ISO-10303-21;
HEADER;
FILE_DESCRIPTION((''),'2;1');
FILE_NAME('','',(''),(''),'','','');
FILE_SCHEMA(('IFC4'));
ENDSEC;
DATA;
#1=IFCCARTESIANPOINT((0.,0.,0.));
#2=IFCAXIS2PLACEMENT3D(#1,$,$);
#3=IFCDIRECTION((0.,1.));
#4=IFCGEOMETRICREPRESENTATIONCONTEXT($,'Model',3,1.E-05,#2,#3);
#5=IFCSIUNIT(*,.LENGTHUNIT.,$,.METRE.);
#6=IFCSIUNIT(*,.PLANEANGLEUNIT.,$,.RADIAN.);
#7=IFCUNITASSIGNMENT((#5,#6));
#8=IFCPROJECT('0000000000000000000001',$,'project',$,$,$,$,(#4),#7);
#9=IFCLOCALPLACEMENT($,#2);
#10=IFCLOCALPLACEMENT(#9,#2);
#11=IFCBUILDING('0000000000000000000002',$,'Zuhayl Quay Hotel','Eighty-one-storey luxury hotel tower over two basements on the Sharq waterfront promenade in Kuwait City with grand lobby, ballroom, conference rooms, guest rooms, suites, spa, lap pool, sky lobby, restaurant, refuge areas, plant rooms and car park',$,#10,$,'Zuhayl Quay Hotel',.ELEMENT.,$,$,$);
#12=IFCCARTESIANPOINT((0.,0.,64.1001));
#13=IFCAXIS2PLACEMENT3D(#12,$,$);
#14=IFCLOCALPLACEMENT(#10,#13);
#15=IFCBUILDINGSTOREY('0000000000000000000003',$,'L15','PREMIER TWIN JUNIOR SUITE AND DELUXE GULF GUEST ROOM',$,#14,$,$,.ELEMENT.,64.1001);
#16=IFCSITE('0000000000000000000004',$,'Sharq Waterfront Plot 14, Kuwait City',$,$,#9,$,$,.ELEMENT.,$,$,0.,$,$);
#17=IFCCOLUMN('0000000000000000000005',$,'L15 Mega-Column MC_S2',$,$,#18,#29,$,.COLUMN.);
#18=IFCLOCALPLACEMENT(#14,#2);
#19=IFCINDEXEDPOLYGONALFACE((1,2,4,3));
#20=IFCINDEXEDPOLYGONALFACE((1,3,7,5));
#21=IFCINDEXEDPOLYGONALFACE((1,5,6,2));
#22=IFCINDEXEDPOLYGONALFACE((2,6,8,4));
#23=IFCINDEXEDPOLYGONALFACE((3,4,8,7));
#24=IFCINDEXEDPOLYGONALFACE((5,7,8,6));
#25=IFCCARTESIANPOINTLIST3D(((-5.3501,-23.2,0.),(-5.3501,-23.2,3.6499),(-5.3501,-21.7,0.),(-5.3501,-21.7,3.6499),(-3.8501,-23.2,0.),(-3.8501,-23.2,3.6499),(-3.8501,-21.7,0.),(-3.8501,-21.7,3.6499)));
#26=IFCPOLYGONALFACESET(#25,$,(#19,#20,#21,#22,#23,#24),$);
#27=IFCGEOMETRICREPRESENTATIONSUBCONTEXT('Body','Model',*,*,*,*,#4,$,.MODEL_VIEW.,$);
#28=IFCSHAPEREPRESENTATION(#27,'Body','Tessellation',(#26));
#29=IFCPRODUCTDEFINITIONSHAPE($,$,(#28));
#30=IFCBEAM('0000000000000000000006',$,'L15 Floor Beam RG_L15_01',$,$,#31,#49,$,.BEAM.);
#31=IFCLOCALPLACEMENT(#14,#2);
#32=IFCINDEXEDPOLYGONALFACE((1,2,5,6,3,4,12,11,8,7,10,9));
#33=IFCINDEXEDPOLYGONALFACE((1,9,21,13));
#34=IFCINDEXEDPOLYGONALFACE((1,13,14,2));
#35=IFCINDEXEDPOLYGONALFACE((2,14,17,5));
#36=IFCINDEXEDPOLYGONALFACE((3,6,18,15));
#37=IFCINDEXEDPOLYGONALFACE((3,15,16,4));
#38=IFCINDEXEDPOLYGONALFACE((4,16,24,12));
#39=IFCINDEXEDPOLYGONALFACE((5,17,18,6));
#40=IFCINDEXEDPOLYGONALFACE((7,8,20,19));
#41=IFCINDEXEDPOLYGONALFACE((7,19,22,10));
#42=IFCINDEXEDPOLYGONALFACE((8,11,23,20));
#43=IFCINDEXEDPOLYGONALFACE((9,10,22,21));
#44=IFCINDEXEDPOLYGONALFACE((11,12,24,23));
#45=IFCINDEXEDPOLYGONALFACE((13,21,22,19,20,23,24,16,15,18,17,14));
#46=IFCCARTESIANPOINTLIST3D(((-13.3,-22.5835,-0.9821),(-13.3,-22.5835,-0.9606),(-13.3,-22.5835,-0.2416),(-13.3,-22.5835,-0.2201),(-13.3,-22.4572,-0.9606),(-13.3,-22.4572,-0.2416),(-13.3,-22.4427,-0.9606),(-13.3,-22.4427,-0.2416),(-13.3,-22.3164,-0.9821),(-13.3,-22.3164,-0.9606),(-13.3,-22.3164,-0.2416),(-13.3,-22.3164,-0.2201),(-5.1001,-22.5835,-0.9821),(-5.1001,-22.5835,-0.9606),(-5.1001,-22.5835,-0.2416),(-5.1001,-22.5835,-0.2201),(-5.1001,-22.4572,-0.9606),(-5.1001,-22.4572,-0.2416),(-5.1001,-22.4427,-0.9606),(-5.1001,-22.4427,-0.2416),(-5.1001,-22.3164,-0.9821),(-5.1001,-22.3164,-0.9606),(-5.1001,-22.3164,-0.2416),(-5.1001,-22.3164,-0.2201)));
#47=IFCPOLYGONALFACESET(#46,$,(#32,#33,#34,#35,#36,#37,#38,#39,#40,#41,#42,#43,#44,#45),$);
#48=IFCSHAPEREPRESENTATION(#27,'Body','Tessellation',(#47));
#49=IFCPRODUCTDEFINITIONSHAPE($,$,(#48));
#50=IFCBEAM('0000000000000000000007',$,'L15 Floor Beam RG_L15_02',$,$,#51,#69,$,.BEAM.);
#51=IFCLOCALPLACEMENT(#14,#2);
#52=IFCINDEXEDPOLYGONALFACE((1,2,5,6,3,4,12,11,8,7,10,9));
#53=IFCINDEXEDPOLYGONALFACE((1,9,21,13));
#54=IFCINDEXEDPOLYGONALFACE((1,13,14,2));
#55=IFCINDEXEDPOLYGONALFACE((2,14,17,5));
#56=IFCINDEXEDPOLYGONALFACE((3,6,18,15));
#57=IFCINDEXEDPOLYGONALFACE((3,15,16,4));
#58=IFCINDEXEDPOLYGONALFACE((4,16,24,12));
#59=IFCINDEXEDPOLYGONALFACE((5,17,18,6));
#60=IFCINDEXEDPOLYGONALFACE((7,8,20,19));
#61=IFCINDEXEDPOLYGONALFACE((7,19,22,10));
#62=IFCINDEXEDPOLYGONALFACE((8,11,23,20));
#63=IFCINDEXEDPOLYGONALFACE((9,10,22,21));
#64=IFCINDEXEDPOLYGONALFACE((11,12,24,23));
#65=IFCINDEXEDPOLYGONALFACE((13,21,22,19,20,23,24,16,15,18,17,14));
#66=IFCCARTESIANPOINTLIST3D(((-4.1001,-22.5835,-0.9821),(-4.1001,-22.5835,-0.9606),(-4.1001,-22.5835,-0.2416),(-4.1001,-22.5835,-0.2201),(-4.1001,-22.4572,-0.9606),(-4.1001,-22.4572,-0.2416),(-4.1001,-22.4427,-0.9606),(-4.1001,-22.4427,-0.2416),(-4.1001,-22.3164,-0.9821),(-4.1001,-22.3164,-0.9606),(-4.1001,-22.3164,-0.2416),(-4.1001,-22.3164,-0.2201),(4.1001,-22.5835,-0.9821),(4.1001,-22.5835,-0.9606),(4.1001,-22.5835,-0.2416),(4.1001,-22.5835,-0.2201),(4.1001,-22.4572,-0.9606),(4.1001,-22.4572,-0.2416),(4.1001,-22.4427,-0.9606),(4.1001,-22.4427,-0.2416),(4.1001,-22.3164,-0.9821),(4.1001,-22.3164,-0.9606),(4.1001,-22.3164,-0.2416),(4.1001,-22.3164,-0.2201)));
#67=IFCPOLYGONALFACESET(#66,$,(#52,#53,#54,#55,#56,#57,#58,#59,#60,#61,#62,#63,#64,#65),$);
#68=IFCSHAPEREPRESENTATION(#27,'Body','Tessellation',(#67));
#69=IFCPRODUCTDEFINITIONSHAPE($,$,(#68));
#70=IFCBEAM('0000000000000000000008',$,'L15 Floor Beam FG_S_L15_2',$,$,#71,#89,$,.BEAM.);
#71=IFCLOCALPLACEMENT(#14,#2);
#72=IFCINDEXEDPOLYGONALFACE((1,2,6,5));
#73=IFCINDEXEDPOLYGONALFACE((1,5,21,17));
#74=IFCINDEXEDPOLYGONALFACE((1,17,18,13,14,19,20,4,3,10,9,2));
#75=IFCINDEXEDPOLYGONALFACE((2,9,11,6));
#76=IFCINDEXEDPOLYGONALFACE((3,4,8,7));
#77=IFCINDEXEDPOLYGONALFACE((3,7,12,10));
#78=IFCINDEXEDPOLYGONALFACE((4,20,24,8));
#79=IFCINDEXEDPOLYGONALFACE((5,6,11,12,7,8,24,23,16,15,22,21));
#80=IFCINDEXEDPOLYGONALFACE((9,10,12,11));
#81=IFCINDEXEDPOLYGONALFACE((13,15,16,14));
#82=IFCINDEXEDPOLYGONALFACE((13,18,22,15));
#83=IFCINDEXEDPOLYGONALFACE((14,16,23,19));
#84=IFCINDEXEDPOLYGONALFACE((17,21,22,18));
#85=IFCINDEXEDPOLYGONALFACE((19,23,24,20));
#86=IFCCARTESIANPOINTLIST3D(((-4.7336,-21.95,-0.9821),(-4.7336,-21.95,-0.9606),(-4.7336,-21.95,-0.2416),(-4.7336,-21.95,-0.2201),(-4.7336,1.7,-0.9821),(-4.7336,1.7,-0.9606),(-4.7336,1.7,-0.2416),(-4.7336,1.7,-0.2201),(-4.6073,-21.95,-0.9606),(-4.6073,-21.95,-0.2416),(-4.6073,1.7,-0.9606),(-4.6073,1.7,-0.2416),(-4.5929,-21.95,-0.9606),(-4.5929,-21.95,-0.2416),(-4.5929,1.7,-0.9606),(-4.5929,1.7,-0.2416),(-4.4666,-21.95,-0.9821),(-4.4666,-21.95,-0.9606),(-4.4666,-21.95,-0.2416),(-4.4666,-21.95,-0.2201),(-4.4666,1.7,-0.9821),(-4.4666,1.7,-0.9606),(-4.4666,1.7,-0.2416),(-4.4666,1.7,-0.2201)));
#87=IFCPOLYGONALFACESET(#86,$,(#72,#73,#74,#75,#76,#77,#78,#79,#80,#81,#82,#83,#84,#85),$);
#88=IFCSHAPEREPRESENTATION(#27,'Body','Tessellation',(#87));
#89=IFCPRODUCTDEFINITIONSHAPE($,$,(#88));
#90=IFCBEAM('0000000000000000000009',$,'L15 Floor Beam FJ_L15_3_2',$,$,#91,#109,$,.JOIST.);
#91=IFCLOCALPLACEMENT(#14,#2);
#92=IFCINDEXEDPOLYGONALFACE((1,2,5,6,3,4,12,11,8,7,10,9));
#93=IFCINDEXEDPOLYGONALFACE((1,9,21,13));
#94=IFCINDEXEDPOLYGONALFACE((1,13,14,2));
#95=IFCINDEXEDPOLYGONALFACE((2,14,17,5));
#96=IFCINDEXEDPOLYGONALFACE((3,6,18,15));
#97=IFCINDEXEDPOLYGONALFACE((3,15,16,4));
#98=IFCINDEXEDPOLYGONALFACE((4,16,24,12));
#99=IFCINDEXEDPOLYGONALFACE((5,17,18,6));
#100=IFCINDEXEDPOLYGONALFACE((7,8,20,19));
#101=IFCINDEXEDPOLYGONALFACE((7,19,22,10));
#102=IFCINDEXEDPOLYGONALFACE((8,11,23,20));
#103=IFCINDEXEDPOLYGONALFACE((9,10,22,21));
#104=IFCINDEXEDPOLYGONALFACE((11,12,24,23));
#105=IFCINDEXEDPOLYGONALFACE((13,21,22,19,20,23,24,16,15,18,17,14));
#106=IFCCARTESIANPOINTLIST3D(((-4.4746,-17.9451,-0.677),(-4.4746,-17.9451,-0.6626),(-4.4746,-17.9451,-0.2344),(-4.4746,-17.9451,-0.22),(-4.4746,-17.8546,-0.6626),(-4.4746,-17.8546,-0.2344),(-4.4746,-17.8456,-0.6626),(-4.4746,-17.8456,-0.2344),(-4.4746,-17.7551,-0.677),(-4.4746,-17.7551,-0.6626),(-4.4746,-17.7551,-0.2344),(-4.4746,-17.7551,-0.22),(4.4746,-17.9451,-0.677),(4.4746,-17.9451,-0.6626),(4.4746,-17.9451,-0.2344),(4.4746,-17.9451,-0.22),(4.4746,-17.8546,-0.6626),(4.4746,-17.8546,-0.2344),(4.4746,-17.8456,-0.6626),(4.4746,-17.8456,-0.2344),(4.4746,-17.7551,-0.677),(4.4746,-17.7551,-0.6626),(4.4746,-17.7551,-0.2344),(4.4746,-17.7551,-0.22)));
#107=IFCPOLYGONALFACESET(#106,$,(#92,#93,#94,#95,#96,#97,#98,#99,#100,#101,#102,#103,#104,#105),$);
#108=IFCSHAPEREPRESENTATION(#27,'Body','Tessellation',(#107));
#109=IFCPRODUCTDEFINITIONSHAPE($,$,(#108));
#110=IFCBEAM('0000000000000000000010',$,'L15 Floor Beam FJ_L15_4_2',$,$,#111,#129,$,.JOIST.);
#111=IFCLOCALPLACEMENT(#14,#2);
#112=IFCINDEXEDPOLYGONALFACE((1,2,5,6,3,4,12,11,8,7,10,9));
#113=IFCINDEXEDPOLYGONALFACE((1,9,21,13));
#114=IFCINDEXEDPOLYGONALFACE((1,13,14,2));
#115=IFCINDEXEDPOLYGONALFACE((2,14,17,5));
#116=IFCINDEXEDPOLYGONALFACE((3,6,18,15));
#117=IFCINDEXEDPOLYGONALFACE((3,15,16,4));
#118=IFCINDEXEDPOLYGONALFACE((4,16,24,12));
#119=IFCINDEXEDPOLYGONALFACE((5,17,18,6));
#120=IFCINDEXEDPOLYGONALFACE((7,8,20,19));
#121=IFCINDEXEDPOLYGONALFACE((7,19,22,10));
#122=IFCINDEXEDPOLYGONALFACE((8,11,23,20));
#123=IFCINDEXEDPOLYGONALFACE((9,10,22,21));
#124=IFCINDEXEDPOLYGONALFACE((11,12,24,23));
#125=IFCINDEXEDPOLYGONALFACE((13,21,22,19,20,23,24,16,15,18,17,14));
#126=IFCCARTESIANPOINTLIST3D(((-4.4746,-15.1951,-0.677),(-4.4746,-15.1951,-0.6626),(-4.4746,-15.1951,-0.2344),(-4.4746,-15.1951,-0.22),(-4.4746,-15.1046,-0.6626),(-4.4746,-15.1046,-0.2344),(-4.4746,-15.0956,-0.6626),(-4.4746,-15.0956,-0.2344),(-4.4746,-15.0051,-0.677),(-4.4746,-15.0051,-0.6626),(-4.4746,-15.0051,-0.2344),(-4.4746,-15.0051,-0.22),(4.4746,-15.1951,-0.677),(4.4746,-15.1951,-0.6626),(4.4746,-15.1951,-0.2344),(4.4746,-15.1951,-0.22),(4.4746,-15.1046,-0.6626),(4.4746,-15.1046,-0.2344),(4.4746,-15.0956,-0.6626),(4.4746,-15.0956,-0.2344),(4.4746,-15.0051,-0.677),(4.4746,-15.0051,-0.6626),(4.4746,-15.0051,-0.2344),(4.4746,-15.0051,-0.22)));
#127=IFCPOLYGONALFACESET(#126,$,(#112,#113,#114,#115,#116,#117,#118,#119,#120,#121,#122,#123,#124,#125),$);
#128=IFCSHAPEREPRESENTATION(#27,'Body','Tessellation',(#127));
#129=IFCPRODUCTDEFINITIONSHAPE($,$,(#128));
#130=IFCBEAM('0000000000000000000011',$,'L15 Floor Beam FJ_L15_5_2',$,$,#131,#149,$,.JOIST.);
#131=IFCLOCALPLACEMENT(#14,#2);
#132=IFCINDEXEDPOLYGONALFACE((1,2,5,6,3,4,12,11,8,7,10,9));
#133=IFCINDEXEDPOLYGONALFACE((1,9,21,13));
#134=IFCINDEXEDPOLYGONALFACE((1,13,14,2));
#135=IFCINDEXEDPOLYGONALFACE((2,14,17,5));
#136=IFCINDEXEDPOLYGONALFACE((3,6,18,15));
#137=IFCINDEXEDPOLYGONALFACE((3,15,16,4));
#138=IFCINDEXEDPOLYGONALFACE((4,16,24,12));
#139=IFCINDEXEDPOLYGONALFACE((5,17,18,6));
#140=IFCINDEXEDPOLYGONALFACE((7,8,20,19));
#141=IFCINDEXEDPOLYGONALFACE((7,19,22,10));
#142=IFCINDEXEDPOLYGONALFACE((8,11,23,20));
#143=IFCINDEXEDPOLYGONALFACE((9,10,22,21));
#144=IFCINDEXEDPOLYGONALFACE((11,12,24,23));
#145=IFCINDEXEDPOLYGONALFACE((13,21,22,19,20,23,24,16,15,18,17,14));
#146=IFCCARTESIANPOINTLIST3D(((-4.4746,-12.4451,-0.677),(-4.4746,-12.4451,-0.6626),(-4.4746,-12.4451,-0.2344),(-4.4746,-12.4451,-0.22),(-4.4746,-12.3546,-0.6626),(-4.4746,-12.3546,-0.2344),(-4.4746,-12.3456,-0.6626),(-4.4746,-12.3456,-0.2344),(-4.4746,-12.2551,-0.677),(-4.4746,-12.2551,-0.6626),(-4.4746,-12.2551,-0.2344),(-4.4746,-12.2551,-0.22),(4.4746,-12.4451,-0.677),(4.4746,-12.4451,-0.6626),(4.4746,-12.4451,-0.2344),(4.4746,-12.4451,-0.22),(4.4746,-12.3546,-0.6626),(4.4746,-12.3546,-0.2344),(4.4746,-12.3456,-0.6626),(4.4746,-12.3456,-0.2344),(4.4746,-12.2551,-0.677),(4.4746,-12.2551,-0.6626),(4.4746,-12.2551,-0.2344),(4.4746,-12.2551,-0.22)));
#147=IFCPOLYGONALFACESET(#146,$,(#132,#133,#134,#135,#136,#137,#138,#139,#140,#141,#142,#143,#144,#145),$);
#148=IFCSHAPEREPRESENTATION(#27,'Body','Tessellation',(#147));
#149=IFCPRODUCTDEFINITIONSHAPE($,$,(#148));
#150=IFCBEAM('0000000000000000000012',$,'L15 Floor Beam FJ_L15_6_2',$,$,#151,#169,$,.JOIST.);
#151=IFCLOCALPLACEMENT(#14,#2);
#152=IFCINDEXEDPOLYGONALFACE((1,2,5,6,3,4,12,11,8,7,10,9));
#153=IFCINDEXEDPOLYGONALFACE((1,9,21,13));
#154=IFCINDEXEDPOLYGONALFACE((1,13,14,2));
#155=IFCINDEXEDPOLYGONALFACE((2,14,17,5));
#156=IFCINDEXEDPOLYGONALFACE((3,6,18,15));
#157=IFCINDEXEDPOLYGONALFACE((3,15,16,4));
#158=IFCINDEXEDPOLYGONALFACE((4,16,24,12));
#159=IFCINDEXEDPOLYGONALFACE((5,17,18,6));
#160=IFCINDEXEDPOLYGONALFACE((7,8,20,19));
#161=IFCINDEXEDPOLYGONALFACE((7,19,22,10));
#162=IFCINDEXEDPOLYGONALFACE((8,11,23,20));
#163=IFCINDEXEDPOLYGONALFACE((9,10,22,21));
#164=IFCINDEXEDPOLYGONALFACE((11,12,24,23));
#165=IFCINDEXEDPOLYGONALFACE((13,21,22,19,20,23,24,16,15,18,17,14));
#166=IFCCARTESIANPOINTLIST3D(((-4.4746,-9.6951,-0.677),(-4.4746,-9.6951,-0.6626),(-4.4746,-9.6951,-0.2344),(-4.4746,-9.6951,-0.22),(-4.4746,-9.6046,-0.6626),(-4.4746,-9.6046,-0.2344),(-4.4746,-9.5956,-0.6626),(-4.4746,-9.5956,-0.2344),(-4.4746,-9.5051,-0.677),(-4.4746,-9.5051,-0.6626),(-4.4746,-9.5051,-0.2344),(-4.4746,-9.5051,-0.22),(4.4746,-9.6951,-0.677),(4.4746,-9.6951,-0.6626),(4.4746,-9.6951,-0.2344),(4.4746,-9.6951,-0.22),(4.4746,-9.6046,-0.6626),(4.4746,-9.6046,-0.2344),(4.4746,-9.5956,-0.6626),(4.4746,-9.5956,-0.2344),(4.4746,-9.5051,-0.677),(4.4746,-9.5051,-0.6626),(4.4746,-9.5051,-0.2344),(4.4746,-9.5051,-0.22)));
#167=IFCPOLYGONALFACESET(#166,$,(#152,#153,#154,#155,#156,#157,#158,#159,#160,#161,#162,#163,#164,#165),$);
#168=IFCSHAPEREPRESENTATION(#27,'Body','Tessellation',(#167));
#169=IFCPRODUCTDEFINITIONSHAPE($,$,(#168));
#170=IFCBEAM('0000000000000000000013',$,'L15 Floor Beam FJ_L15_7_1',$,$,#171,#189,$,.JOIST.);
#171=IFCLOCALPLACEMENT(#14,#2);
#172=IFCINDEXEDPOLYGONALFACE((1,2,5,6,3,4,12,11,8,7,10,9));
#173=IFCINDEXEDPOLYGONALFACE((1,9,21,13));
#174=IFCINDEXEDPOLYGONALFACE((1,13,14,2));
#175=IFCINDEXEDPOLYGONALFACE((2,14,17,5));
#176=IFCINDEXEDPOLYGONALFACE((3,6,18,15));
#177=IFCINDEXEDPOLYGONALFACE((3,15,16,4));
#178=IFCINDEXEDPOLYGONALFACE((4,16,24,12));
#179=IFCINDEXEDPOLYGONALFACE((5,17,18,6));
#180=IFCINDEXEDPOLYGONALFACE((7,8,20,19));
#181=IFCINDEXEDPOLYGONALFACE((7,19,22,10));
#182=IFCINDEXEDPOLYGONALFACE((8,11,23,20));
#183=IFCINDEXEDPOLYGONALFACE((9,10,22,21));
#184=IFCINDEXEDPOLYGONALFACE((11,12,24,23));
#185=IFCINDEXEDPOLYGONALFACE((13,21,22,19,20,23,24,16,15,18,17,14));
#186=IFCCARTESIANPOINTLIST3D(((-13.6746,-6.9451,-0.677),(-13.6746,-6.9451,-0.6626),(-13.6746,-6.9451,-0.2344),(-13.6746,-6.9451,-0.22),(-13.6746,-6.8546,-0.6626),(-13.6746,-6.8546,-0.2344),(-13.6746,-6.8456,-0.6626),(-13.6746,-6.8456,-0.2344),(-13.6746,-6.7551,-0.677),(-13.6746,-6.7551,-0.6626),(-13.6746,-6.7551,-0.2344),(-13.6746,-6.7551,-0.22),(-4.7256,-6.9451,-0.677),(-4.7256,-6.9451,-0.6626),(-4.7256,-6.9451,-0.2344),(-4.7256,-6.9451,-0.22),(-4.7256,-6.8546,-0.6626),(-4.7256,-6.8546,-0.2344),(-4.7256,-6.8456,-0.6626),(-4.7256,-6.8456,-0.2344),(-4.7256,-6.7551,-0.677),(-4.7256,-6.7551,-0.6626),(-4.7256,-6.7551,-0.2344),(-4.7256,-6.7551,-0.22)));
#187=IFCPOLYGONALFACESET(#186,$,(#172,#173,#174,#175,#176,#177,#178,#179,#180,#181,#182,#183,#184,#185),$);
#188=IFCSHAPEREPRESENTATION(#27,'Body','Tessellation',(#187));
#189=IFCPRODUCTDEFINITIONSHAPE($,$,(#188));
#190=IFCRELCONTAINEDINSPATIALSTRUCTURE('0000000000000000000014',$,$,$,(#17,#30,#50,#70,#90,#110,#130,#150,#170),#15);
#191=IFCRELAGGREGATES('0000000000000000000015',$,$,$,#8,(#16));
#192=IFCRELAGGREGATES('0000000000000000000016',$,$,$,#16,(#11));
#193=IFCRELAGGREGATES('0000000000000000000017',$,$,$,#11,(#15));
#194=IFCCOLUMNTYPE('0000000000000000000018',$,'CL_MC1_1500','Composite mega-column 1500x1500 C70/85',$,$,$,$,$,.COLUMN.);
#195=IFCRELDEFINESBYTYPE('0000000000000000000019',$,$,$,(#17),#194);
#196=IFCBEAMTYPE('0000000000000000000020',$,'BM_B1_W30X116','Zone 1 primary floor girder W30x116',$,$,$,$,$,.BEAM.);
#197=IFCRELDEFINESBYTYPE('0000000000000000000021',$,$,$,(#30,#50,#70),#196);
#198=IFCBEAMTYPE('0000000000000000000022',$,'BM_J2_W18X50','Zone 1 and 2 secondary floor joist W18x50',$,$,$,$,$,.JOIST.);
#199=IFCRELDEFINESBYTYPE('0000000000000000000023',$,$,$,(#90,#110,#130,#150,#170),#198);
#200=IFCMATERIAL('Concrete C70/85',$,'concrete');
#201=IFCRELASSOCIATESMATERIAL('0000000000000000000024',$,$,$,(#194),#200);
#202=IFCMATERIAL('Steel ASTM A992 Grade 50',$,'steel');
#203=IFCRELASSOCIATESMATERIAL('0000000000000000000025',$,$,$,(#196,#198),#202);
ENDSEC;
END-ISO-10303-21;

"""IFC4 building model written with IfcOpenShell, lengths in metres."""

from ifc_helpers import new_model, si_unit, direction, frame, origin, origin_2d, place, context, subcontext, project, spatial, rectangle, i_section, extrude, material, material_profile, profile_set, type_object, element, save


model = new_model("IFC4")

# Units and contexts
model_context = context("Model", 3, precision=1e-05, world=origin(), true_north=direction((0.0, 1.0)))
body_context = subcontext(model_context, "Body", "Model", "MODEL_VIEW")
ifc_project = project(units=[si_unit("LENGTHUNIT", "METRE"), si_unit("PLANEANGLEUNIT", "RADIAN")], contexts=[model_context])

# Site, building, storey
site_placement = place(None, origin())
site = spatial("IfcSite", under=ifc_project, at=site_placement, Name="Sharq Waterfront Plot 14, Kuwait City", CompositionType="ELEMENT", RefElevation=0.0)
building_placement = place(site_placement, origin())
building = spatial("IfcBuilding", under=site, at=building_placement, Name="Zuhayl Quay Hotel", Description="Eighty-one-storey luxury hotel tower over two basements on the Sharq waterfront promenade in Kuwait City with grand lobby, ballroom, conference rooms, guest rooms, suites, spa, lap pool, sky lobby, restaurant, refuge areas, plant rooms and car park", LongName="Zuhayl Quay Hotel", CompositionType="ELEMENT")
storey_placement = place(building_placement, frame((0.0, 0.0, 64.1001)))
storey = spatial("IfcBuildingStorey", under=building, at=storey_placement, Name="L15", Description="PREMIER TWIN JUNIOR SUITE AND DELUXE GULF GUEST ROOM", CompositionType="ELEMENT", Elevation=64.1001)

# Column
ifc_material_1 = material(Name="Concrete C70/85", Category="concrete")
ifc_material_profile_1 = material_profile(ifc_material_1, rectangle(XDim=1.5, YDim=1.5, at=origin_2d()), Name="RC1500X1500")
ifc_profile_set_1 = profile_set([ifc_material_profile_1], Name="Concrete C70/85")
column_type = type_object("IfcColumnType", Name="CL_MC1_1500", Description="Composite mega-column 1500x1500 C70/85", PredefinedType="COLUMN", material=ifc_profile_set_1)
column_placement = place(storey_placement, frame((-4.6001, -22.45, 0.0), z_axis=(0.0, 0.0, 1.0), x_axis=(1.0, 0.0, 0.0)))
element("IfcColumn", 1, at=column_placement, inside=storey, type_object=column_type, Name="L15 Mega-Column MC_S2", PredefinedType="COLUMN", context=body_context, shape_type="SweptSolid", body=[
    extrude(rectangle(XDim=1.5, YDim=1.5, at=origin_2d()), origin(), (0.0, 0.0, 1.0), 3.6499),
])

# Beams
ifc_material_2 = material(Name="Steel ASTM A992 Grade 50", Category="steel")
ifc_material_profile_2 = material_profile(ifc_material_2, i_section(OverallWidth=0.2671, OverallDepth=0.762, WebThickness=0.0144, FlangeThickness=0.0215, at=origin_2d()), Name="W30X116")
ifc_profile_set_2 = profile_set([ifc_material_profile_2], Name="Steel ASTM A992 Grade 50")
beam_type_1 = type_object("IfcBeamType", Name="BM_B1_W30X116", Description="Zone 1 primary floor girder W30x116", PredefinedType="BEAM", material=ifc_profile_set_2)
beam_1_placement = place(storey_placement, frame((-13.3, -22.45, -0.6011), z_axis=(1.0, 0.0, 0.0), x_axis=(0.0, 1.0, 0.0)))
element("IfcBeam", 2, at=beam_1_placement, inside=storey, type_object=beam_type_1, Name="L15 Floor Beam RG_L15_01", PredefinedType="BEAM", context=body_context, shape_type="SweptSolid", body=[
    extrude(i_section(OverallWidth=0.2671, OverallDepth=0.762, WebThickness=0.0144, FlangeThickness=0.0215, at=origin_2d()), origin(), (0.0, 0.0, 1.0), 8.2),
])
beam_2_placement = place(storey_placement, frame((-4.1001, -22.45, -0.6011), z_axis=(1.0, 0.0, 0.0), x_axis=(0.0, 1.0, 0.0)))
element("IfcBeam", 3, at=beam_2_placement, inside=storey, type_object=beam_type_1, Name="L15 Floor Beam RG_L15_02", PredefinedType="BEAM", context=body_context, shape_type="SweptSolid", body=[
    extrude(i_section(OverallWidth=0.2671, OverallDepth=0.762, WebThickness=0.0144, FlangeThickness=0.0215, at=origin_2d()), origin(), (0.0, 0.0, 1.0), 8.2002),
])
beam_3_placement = place(storey_placement, frame((-4.6001, -21.95, -0.6011), z_axis=(0.0, 1.0, 0.0), x_axis=(-1.0, 0.0, 0.0)))
element("IfcBeam", 4, at=beam_3_placement, inside=storey, type_object=beam_type_1, Name="L15 Floor Beam FG_S_L15_2", PredefinedType="BEAM", context=body_context, shape_type="SweptSolid", body=[
    extrude(i_section(OverallWidth=0.2671, OverallDepth=0.762, WebThickness=0.0144, FlangeThickness=0.0215, at=origin_2d()), origin(), (0.0, 0.0, 1.0), 23.6499),
])
ifc_material_profile_3 = material_profile(ifc_material_2, i_section(OverallWidth=0.1899, OverallDepth=0.457, WebThickness=0.009, FlangeThickness=0.0144, at=origin_2d()), Name="W18X50")
ifc_profile_set_3 = profile_set([ifc_material_profile_3], Name="Steel ASTM A992 Grade 50")
beam_type_2 = type_object("IfcBeamType", Name="BM_J2_W18X50", Description="Zone 1 and 2 secondary floor joist W18x50", PredefinedType="JOIST", material=ifc_profile_set_3)
for number, where, z_axis, x_axis, name in (
    (5, (-4.4746, -17.8501, -0.4485), (1.0, 0.0, 0.0), (0.0, 1.0, 0.0), "L15 Floor Beam FJ_L15_3_2"),
    (6, (-4.4746, -15.1001, -0.4485), (1.0, 0.0, 0.0), (0.0, 1.0, 0.0), "L15 Floor Beam FJ_L15_4_2"),
    (7, (-4.4746, -12.3501, -0.4485), (1.0, 0.0, 0.0), (0.0, 1.0, 0.0), "L15 Floor Beam FJ_L15_5_2"),
    (8, (-4.4746, -9.6001, -0.4485), (1.0, 0.0, 0.0), (0.0, 1.0, 0.0), "L15 Floor Beam FJ_L15_6_2"),
):
    element("IfcBeam", number, at=place(storey_placement, frame(where, z_axis=z_axis, x_axis=x_axis)), inside=storey, type_object=beam_type_2, Name=name, PredefinedType="JOIST", context=body_context, shape_type="SweptSolid", body=[
        extrude(i_section(OverallWidth=0.1899, OverallDepth=0.457, WebThickness=0.009, FlangeThickness=0.0144, at=origin_2d()), origin(), (0.0, 0.0, 1.0), 8.9492),
    ])
beam_4_placement = place(storey_placement, frame((-13.6746, -6.8501, -0.4485), z_axis=(1.0, 0.0, 0.0), x_axis=(0.0, 1.0, 0.0)))
element("IfcBeam", 9, at=beam_4_placement, inside=storey, type_object=beam_type_2, Name="L15 Floor Beam FJ_L15_7_1", PredefinedType="JOIST", context=body_context, shape_type="SweptSolid", body=[
    extrude(i_section(OverallWidth=0.1899, OverallDepth=0.457, WebThickness=0.009, FlangeThickness=0.0144, at=origin_2d()), origin(), (0.0, 0.0, 1.0), 8.949),
])

save(model, "model.ifc")
